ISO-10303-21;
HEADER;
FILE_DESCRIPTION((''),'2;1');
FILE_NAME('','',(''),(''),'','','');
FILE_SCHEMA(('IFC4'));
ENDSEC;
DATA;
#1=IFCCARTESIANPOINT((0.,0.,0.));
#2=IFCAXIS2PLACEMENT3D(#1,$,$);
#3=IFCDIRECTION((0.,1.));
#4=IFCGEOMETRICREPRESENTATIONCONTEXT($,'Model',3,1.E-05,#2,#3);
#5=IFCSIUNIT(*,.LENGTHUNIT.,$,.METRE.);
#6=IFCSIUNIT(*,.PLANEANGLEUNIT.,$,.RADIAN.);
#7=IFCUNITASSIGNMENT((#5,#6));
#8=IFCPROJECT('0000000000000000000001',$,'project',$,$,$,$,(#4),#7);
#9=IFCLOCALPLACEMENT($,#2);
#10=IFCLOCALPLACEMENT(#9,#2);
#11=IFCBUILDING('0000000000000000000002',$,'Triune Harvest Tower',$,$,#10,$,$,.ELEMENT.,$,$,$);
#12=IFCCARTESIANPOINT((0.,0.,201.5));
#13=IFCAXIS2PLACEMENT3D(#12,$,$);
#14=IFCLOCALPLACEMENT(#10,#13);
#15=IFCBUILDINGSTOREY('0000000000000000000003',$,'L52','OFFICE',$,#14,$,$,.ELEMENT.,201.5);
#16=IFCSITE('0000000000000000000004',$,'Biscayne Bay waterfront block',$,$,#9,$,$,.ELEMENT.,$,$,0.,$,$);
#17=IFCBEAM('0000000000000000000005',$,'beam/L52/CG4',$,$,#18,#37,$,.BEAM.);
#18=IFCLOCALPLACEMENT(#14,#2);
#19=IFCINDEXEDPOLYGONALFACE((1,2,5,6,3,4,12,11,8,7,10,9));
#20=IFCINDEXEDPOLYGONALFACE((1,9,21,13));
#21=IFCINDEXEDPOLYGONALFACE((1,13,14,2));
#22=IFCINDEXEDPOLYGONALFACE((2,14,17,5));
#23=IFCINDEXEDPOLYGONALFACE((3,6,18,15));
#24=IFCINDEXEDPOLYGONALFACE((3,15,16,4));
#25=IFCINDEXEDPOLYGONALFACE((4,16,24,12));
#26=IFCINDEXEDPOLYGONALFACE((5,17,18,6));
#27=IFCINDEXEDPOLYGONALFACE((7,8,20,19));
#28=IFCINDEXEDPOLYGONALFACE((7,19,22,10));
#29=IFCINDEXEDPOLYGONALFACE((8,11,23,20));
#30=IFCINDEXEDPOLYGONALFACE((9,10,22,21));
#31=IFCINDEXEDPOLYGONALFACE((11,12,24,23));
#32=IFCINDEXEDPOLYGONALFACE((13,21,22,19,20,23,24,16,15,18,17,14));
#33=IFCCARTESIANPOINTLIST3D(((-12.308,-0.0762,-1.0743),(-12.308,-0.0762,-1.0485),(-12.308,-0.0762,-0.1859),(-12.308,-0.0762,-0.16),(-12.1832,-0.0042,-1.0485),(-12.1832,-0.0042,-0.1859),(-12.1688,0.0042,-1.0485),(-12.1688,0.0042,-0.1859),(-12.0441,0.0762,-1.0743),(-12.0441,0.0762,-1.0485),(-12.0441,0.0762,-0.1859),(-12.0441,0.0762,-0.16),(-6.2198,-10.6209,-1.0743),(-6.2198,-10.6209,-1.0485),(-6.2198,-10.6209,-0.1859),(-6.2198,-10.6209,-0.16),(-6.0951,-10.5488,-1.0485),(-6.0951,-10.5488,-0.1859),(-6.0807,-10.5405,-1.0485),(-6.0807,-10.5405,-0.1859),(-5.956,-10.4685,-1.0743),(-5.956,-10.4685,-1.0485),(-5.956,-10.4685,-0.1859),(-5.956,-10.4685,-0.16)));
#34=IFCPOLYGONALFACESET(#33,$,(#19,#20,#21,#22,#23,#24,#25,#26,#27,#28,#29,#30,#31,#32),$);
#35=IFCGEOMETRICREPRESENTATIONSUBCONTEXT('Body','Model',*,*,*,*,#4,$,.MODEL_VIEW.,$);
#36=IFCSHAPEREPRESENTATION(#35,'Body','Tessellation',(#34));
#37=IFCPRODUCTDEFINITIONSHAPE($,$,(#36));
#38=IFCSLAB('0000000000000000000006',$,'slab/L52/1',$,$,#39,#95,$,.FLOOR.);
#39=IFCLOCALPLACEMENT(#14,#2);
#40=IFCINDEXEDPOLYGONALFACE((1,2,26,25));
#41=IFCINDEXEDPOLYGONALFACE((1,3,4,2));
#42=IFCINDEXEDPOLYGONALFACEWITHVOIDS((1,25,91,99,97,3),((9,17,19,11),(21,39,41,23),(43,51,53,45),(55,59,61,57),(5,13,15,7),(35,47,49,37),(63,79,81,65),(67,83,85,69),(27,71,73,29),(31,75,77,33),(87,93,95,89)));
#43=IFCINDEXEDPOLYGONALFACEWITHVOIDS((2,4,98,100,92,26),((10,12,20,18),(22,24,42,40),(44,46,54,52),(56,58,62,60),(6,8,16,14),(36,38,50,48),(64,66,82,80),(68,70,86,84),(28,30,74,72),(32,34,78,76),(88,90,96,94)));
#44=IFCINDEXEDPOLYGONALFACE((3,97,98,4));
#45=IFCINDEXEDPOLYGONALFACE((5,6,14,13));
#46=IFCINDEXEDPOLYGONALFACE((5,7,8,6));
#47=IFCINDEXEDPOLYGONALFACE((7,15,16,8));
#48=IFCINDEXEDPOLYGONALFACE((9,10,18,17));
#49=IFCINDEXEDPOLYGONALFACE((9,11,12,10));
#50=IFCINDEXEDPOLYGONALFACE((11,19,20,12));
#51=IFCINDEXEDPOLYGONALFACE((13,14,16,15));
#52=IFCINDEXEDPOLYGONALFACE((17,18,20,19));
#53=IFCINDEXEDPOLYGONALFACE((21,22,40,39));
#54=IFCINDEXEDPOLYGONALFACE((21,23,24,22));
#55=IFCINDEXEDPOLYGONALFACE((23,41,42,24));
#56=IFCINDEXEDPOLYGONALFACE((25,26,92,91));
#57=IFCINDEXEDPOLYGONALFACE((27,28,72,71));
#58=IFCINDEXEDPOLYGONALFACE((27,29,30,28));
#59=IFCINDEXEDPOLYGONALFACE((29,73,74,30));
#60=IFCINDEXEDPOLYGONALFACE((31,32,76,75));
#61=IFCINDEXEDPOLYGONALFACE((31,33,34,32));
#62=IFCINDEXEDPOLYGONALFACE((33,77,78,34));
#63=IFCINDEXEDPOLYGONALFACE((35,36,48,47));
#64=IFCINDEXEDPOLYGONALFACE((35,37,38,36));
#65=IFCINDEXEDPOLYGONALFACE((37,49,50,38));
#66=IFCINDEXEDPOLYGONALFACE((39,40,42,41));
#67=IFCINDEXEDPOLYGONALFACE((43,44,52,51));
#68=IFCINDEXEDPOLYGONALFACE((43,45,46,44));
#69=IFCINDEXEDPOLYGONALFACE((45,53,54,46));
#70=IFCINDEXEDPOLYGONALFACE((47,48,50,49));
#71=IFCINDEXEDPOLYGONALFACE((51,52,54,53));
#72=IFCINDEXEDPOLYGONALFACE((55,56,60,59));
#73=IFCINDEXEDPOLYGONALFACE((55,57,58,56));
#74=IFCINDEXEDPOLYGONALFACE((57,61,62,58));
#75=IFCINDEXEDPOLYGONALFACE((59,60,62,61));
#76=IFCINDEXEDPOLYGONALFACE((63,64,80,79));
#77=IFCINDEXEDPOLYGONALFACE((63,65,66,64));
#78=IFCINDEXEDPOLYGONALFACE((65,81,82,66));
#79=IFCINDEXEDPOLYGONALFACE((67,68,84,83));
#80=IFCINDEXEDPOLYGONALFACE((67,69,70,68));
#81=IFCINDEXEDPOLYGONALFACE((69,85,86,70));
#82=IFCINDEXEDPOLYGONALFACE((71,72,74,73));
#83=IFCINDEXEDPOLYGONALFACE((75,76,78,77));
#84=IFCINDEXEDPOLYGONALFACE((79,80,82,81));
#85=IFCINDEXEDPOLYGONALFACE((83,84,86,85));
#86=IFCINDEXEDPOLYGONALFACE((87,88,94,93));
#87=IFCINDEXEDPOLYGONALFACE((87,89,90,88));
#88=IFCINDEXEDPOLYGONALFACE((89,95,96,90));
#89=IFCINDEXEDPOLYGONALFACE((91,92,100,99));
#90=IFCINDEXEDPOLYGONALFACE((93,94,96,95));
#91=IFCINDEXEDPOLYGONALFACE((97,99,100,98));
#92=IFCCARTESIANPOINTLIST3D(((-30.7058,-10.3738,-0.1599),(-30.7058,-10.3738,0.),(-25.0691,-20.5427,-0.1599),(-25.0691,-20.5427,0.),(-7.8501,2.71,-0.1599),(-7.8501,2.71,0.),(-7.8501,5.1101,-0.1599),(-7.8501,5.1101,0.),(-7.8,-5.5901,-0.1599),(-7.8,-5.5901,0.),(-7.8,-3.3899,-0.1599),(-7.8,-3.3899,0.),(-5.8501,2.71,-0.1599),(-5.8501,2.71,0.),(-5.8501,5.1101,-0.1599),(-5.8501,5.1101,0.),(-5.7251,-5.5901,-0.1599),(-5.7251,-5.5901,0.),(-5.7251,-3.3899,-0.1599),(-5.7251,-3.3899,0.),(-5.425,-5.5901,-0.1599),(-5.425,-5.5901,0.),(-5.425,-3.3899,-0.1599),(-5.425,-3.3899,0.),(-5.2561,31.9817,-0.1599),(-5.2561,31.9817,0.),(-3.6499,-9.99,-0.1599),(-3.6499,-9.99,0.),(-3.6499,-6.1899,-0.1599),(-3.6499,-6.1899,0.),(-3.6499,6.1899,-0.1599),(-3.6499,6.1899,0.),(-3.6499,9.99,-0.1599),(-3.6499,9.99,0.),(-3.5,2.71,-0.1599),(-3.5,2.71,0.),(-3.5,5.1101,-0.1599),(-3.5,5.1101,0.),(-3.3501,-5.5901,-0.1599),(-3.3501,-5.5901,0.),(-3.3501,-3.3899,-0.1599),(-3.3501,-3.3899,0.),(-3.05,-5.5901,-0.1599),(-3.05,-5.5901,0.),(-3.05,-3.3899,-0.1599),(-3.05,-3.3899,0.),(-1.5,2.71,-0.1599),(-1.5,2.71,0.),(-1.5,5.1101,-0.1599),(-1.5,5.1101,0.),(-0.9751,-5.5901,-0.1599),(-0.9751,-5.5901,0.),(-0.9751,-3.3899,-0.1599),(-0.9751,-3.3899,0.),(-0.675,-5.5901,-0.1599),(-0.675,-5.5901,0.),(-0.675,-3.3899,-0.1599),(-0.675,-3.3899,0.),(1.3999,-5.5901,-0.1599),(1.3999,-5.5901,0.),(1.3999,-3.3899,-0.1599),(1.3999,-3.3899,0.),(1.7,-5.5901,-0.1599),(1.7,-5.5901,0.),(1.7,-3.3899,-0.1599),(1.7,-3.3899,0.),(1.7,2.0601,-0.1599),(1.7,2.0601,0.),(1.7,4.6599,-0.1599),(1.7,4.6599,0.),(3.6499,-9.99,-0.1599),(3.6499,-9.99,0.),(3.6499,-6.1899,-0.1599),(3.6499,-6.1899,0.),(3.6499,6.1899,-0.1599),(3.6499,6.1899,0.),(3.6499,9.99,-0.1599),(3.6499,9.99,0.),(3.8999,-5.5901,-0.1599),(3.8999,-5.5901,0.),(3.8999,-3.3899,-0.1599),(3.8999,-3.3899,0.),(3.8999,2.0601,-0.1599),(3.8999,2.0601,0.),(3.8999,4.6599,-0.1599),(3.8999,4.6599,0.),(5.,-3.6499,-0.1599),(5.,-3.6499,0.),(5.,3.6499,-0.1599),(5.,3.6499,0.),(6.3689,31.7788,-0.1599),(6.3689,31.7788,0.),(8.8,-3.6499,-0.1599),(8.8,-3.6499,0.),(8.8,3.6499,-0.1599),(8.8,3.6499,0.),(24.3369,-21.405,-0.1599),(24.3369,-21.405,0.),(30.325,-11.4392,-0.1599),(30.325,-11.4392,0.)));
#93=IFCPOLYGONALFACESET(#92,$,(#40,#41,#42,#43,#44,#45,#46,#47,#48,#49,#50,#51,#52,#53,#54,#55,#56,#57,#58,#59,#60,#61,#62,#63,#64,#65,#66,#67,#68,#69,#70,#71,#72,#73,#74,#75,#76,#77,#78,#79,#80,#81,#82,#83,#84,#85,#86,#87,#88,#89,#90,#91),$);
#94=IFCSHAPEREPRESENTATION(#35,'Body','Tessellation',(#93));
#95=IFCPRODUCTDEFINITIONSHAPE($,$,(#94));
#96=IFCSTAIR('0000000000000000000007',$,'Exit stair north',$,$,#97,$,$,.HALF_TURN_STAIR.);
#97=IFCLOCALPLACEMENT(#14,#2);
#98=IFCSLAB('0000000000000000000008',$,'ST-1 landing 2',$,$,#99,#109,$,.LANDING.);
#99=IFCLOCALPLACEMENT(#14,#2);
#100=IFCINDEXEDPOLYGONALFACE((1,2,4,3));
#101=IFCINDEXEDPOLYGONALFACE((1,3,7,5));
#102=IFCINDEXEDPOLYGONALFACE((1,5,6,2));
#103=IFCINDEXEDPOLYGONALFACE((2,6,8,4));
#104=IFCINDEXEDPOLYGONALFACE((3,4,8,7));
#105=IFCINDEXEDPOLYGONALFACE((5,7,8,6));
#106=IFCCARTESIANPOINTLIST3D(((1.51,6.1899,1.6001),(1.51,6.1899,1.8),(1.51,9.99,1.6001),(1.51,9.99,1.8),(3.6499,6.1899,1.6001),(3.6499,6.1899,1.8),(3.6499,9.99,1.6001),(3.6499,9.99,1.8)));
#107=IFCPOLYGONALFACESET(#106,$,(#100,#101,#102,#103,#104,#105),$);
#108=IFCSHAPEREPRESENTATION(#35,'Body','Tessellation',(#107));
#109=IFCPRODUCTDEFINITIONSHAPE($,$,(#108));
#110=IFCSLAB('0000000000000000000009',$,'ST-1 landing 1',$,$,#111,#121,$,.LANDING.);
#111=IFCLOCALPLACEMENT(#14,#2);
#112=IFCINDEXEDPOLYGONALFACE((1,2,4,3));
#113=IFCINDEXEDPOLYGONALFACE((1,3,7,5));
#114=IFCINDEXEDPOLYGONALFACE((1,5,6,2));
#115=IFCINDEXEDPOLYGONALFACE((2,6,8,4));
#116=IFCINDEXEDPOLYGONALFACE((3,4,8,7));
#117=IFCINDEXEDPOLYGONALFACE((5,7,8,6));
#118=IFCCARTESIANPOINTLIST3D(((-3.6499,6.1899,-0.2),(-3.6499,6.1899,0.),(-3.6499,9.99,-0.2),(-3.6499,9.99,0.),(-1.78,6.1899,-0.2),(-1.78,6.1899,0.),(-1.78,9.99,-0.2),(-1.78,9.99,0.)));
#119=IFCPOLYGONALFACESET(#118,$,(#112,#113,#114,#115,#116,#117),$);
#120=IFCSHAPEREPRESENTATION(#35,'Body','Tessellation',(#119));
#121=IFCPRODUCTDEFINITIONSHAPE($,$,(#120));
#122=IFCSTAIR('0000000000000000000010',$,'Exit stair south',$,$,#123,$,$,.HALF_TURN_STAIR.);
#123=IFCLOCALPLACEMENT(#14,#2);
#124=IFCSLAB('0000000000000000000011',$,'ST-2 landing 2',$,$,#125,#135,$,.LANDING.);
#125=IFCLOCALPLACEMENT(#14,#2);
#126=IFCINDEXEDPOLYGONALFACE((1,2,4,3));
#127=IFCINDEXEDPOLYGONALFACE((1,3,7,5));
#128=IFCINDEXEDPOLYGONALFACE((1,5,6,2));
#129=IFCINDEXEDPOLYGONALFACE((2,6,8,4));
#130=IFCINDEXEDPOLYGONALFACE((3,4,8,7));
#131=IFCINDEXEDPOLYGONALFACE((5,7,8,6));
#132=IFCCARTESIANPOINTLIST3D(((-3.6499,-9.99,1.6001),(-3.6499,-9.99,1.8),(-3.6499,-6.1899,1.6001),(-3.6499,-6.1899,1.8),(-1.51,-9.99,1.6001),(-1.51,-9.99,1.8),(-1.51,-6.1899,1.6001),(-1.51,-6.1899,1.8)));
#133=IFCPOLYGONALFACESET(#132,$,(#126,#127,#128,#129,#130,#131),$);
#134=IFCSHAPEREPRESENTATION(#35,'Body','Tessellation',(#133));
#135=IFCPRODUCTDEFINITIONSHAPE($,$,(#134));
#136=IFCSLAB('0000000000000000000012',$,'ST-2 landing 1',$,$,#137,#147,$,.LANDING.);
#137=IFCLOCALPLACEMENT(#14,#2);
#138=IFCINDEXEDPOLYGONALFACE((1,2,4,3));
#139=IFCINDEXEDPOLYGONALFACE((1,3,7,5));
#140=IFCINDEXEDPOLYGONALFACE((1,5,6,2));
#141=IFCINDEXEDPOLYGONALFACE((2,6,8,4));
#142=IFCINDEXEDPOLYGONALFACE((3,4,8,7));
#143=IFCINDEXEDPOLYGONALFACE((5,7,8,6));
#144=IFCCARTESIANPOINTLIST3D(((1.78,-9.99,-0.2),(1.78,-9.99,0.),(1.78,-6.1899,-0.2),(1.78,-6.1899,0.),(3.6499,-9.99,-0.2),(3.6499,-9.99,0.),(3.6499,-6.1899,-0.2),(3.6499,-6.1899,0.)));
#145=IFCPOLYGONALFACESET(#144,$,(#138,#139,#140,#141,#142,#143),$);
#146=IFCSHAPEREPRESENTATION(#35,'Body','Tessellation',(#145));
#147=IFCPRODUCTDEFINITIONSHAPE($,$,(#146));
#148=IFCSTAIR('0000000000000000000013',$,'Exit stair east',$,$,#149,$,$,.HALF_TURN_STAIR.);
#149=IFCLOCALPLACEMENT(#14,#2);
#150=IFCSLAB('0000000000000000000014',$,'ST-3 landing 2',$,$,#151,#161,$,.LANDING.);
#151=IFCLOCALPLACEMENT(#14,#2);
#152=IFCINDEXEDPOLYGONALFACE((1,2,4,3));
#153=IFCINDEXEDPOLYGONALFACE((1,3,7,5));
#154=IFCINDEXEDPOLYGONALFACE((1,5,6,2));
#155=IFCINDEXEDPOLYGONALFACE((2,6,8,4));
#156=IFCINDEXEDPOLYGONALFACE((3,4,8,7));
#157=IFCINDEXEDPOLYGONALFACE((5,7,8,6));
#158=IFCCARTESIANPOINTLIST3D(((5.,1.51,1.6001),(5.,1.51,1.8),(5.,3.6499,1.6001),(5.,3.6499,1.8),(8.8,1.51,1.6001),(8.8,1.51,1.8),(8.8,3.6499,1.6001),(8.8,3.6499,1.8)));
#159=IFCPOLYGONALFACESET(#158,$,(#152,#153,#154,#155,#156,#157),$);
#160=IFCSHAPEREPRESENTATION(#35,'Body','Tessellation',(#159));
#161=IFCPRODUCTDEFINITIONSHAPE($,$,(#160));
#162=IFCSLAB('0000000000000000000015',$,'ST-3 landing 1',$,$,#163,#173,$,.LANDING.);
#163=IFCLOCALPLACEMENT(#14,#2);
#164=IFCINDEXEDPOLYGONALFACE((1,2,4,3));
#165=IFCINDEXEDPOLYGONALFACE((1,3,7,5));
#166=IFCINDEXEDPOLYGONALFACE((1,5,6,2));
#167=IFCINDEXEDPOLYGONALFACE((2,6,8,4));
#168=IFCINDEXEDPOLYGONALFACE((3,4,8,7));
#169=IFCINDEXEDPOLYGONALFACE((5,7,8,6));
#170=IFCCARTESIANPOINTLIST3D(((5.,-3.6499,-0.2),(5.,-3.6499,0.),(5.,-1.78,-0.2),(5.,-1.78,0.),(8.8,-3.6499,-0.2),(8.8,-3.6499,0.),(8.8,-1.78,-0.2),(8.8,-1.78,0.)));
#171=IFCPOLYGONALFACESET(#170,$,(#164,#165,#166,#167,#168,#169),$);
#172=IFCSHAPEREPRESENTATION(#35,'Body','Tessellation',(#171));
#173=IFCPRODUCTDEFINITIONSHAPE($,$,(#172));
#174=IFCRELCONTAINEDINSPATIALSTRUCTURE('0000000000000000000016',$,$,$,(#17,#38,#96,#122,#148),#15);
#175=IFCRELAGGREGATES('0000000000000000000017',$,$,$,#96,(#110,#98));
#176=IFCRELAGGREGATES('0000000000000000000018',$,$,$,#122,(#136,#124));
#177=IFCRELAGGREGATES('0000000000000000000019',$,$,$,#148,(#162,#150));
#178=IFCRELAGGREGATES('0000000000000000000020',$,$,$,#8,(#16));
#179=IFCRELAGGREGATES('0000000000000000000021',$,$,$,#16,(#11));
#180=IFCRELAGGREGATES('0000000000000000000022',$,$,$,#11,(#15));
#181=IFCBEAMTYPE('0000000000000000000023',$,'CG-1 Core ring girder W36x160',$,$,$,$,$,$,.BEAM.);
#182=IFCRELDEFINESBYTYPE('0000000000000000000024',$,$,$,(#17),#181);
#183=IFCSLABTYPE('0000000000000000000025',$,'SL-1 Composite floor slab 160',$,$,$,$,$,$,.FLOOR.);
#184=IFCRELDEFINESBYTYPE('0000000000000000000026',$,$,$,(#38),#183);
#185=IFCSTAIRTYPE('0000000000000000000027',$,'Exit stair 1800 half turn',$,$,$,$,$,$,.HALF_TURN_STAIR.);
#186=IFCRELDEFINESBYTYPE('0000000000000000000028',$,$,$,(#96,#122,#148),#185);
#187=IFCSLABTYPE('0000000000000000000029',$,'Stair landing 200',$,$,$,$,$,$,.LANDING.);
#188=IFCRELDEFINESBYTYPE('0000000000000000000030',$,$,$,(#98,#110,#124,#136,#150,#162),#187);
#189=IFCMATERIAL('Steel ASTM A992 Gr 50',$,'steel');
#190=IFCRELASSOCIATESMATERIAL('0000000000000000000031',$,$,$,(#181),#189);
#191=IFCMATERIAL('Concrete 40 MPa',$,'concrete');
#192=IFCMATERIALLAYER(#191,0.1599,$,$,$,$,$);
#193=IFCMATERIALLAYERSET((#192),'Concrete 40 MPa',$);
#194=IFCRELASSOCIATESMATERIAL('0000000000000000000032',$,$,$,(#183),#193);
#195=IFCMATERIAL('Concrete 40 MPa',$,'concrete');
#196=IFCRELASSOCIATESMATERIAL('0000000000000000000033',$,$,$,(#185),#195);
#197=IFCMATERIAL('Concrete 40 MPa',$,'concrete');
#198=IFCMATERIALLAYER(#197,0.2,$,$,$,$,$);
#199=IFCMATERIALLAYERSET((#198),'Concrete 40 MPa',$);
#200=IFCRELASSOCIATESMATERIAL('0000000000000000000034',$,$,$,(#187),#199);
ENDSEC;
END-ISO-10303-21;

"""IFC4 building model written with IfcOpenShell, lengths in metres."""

from ifc_helpers import new_model, si_unit, direction, frame, origin, origin_2d, place, context, subcontext, project, spatial, polyline, i_section, outline, extrude, source, transform, mapped, material, layer, layer_set, material_profile, profile_set, type_object, element, aggregate, save


model = new_model("IFC4")

# Units and contexts
model_context = context("Model", 3, precision=1e-05, world=origin(), true_north=direction((0.0, 1.0)))
body_context = subcontext(model_context, "Body", "Model", "MODEL_VIEW")
ifc_project = project(units=[si_unit("LENGTHUNIT", "METRE"), si_unit("PLANEANGLEUNIT", "RADIAN")], contexts=[model_context])

# Site, building, storey
site_placement = place(None, origin())
site = spatial("IfcSite", under=ifc_project, at=site_placement, Name="Biscayne Bay waterfront block", CompositionType="ELEMENT", RefElevation=0.0)
building_placement = place(site_placement, origin())
building = spatial("IfcBuilding", under=site, at=building_placement, Name="Triune Harvest Tower", CompositionType="ELEMENT")
storey_placement = place(building_placement, frame((0.0, 0.0, 201.5)))
storey = spatial("IfcBuildingStorey", under=building, at=storey_placement, Name="L52", Description="OFFICE", CompositionType="ELEMENT", Elevation=201.5)

# Beam
ifc_material_1 = material(Name="Steel ASTM A992 Gr 50", Category="steel")
ifc_material_profile = material_profile(ifc_material_1, i_section(OverallWidth=0.3047, OverallDepth=0.9143, WebThickness=0.0166, FlangeThickness=0.0259, at=origin_2d()), Name="W36x160")
ifc_profile_set = profile_set([ifc_material_profile], Name="Steel ASTM A992 Gr 50")
beam_type = type_object("IfcBeamType", Name="CG-1 Core ring girder W36x160", PredefinedType="BEAM", material=ifc_profile_set)
shared_shape_1 = source(origin(), body_context, "Body", "SweptSolid", [
    extrude(i_section(OverallWidth=0.3047, OverallDepth=0.9143, WebThickness=0.0166, FlangeThickness=0.0259, at=origin_2d()), origin(), (0.0, 0.0, 1.0), 12.176),
])
beam_placement = place(storey_placement, frame((-12.176, 0.0, -0.6172), z_axis=(0.50001, -0.86602, 0.0), x_axis=(0.86602, 0.50001, 0.0)))
element("IfcBeam", 1, at=beam_placement, inside=storey, type_object=beam_type, Name="beam/L52/CG4", PredefinedType="BEAM", context=body_context, shape_type="MappedRepresentation", body=[
    mapped(shared_shape_1, transform((0.0, 0.0, 0.0), scale=1.0)),
])

# Slab
ifc_material_2 = material(Name="Concrete 40 MPa", Category="concrete")
ifc_layer_1 = layer(ifc_material_2, 0.1599)
ifc_layer_set_1 = layer_set([ifc_layer_1], Name="Concrete 40 MPa")
slab_type_1 = type_object("IfcSlabType", Name="SL-1 Composite floor slab 160", PredefinedType="FLOOR", material=ifc_layer_set_1)
shared_shape_2 = source(origin(), body_context, "Body", "SweptSolid", [
    extrude(outline(polyline([(30.325, -11.4392), (6.3689, 31.7788), (-5.2561, 31.9817), (-30.7058, -10.3738), (-25.0691, -20.5427), (24.3369, -21.405), (30.325, -11.4392)]), holes=[polyline([(-5.7251, -5.5901), (-5.7251, -3.3899), (-7.8, -3.3899), (-7.8, -5.5901), (-5.7251, -5.5901)]), polyline([(-3.3501, -5.5901), (-3.3501, -3.3899), (-5.425, -3.3899), (-5.425, -5.5901), (-3.3501, -5.5901)]), polyline([(-0.9751, -5.5901), (-0.9751, -3.3899), (-3.05, -3.3899), (-3.05, -5.5901), (-0.9751, -5.5901)]), polyline([(1.3999, -5.5901), (1.3999, -3.3899), (-0.675, -3.3899), (-0.675, -5.5901), (1.3999, -5.5901)]), polyline([(3.8999, 2.0601), (3.8999, 4.6599), (1.7, 4.6599), (1.7, 2.0601), (3.8999, 2.0601)]), polyline([(3.8999, -5.5901), (3.8999, -3.3899), (1.7, -3.3899), (1.7, -5.5901), (3.8999, -5.5901)]), polyline([(-5.8501, 2.71), (-5.8501, 5.1101), (-7.8501, 5.1101), (-7.8501, 2.71), (-5.8501, 2.71)]), polyline([(-1.5, 2.71), (-1.5, 5.1101), (-3.5, 5.1101), (-3.5, 2.71), (-1.5, 2.71)]), polyline([(3.6499, 6.1899), (3.6499, 9.99), (-3.6499, 9.99), (-3.6499, 6.1899), (3.6499, 6.1899)]), polyline([(3.6499, -9.99), (3.6499, -6.1899), (-3.6499, -6.1899), (-3.6499, -9.99), (3.6499, -9.99)]), polyline([(8.8, -3.6499), (8.8, 3.6499), (5.0, 3.6499), (5.0, -3.6499), (8.8, -3.6499)])]), origin(), (0.0, 0.0, 1.0), 0.1599),
])
slab_1_placement = place(storey_placement, frame((0.0, 0.0, -0.1599)))
element("IfcSlab", 2, at=slab_1_placement, inside=storey, type_object=slab_type_1, Name="slab/L52/1", PredefinedType="FLOOR", context=body_context, shape_type="MappedRepresentation", body=[
    mapped(shared_shape_2, transform((0.0, 0.0, 0.0), scale=1.0)),
])

# Stairs, slabs
ifc_material_3 = material(Name="Concrete 40 MPa", Category="concrete")
stair_type = type_object("IfcStairType", Name="Exit stair 1800 half turn", PredefinedType="HALF_TURN_STAIR", material=ifc_material_3)
stair_1_placement = place(storey_placement, origin())
stair_1 = element("IfcStair", 3, at=stair_1_placement, inside=storey, type_object=stair_type, Name="Exit stair north", PredefinedType="HALF_TURN_STAIR")
ifc_material_4 = material(Name="Concrete 40 MPa", Category="concrete")
ifc_layer_2 = layer(ifc_material_4, 0.2)
ifc_layer_set_2 = layer_set([ifc_layer_2], Name="Concrete 40 MPa")
slab_type_2 = type_object("IfcSlabType", Name="Stair landing 200", PredefinedType="LANDING", material=ifc_layer_set_2)
shared_shape_3 = source(origin(), body_context, "Body", "SweptSolid", [
    extrude(outline(polyline([(1.51, 6.1899), (3.6499, 6.1899), (3.6499, 9.99), (1.51, 9.99), (1.51, 6.1899)])), origin(), (0.0, 0.0, 1.0), 0.2),
])
slab_2_placement = place(storey_placement, frame((0.0, 0.0, 1.6001)))
slab_2 = element("IfcSlab", 4, at=slab_2_placement, type_object=slab_type_2, Name="ST-1 landing 2", PredefinedType="LANDING", context=body_context, shape_type="MappedRepresentation", body=[
    mapped(shared_shape_3, transform((0.0, 0.0, 0.0), scale=1.0)),
])
shared_shape_4 = source(origin(), body_context, "Body", "SweptSolid", [
    extrude(outline(polyline([(-3.6499, 6.1899), (-1.78, 6.1899), (-1.78, 9.99), (-3.6499, 9.99), (-3.6499, 6.1899)])), origin(), (0.0, 0.0, 1.0), 0.2),
])
slab_3_placement = place(storey_placement, frame((0.0, 0.0, -0.2)))
slab_3 = element("IfcSlab", 5, at=slab_3_placement, type_object=slab_type_2, Name="ST-1 landing 1", PredefinedType="LANDING", context=body_context, shape_type="MappedRepresentation", body=[
    mapped(shared_shape_4, transform((0.0, 0.0, 0.0), scale=1.0)),
])
aggregate(stair_1, [slab_3, slab_2])
stair_2_placement = place(storey_placement, origin())
stair_2 = element("IfcStair", 6, at=stair_2_placement, inside=storey, type_object=stair_type, Name="Exit stair south", PredefinedType="HALF_TURN_STAIR")
shared_shape_5 = source(origin(), body_context, "Body", "SweptSolid", [
    extrude(outline(polyline([(-1.51, -6.1899), (-3.6499, -6.1899), (-3.6499, -9.99), (-1.51, -9.99), (-1.51, -6.1899)])), origin(), (0.0, 0.0, 1.0), 0.2),
])
slab_4_placement = place(storey_placement, frame((0.0, 0.0, 1.6001)))
slab_4 = element("IfcSlab", 7, at=slab_4_placement, type_object=slab_type_2, Name="ST-2 landing 2", PredefinedType="LANDING", context=body_context, shape_type="MappedRepresentation", body=[
    mapped(shared_shape_5, transform((0.0, 0.0, 0.0), scale=1.0)),
])
shared_shape_6 = source(origin(), body_context, "Body", "SweptSolid", [
    extrude(outline(polyline([(3.6499, -6.1899), (1.78, -6.1899), (1.78, -9.99), (3.6499, -9.99), (3.6499, -6.1899)])), origin(), (0.0, 0.0, 1.0), 0.2),
])
slab_5_placement = place(storey_placement, frame((0.0, 0.0, -0.2)))
slab_5 = element("IfcSlab", 8, at=slab_5_placement, type_object=slab_type_2, Name="ST-2 landing 1", PredefinedType="LANDING", context=body_context, shape_type="MappedRepresentation", body=[
    mapped(shared_shape_6, transform((0.0, 0.0, 0.0), scale=1.0)),
])
aggregate(stair_2, [slab_5, slab_4])
stair_3_placement = place(storey_placement, origin())
stair_3 = element("IfcStair", 9, at=stair_3_placement, inside=storey, type_object=stair_type, Name="Exit stair east", PredefinedType="HALF_TURN_STAIR")
shared_shape_7 = source(origin(), body_context, "Body", "SweptSolid", [
    extrude(outline(polyline([(8.8, 1.51), (8.8, 3.6499), (5.0, 3.6499), (5.0, 1.51), (8.8, 1.51)])), origin(), (0.0, 0.0, 1.0), 0.2),
])
slab_6_placement = place(storey_placement, frame((0.0, 0.0, 1.6001)))
slab_6 = element("IfcSlab", 10, at=slab_6_placement, type_object=slab_type_2, Name="ST-3 landing 2", PredefinedType="LANDING", context=body_context, shape_type="MappedRepresentation", body=[
    mapped(shared_shape_7, transform((0.0, 0.0, 0.0), scale=1.0)),
])
shared_shape_8 = source(origin(), body_context, "Body", "SweptSolid", [
    extrude(outline(polyline([(8.8, -3.6499), (8.8, -1.78), (5.0, -1.78), (5.0, -3.6499), (8.8, -3.6499)])), origin(), (0.0, 0.0, 1.0), 0.2),
])
slab_7_placement = place(storey_placement, frame((0.0, 0.0, -0.2)))
slab_7 = element("IfcSlab", 11, at=slab_7_placement, type_object=slab_type_2, Name="ST-3 landing 1", PredefinedType="LANDING", context=body_context, shape_type="MappedRepresentation", body=[
    mapped(shared_shape_8, transform((0.0, 0.0, 0.0), scale=1.0)),
])
aggregate(stair_3, [slab_7, slab_6])

save(model, "model.ifc")
